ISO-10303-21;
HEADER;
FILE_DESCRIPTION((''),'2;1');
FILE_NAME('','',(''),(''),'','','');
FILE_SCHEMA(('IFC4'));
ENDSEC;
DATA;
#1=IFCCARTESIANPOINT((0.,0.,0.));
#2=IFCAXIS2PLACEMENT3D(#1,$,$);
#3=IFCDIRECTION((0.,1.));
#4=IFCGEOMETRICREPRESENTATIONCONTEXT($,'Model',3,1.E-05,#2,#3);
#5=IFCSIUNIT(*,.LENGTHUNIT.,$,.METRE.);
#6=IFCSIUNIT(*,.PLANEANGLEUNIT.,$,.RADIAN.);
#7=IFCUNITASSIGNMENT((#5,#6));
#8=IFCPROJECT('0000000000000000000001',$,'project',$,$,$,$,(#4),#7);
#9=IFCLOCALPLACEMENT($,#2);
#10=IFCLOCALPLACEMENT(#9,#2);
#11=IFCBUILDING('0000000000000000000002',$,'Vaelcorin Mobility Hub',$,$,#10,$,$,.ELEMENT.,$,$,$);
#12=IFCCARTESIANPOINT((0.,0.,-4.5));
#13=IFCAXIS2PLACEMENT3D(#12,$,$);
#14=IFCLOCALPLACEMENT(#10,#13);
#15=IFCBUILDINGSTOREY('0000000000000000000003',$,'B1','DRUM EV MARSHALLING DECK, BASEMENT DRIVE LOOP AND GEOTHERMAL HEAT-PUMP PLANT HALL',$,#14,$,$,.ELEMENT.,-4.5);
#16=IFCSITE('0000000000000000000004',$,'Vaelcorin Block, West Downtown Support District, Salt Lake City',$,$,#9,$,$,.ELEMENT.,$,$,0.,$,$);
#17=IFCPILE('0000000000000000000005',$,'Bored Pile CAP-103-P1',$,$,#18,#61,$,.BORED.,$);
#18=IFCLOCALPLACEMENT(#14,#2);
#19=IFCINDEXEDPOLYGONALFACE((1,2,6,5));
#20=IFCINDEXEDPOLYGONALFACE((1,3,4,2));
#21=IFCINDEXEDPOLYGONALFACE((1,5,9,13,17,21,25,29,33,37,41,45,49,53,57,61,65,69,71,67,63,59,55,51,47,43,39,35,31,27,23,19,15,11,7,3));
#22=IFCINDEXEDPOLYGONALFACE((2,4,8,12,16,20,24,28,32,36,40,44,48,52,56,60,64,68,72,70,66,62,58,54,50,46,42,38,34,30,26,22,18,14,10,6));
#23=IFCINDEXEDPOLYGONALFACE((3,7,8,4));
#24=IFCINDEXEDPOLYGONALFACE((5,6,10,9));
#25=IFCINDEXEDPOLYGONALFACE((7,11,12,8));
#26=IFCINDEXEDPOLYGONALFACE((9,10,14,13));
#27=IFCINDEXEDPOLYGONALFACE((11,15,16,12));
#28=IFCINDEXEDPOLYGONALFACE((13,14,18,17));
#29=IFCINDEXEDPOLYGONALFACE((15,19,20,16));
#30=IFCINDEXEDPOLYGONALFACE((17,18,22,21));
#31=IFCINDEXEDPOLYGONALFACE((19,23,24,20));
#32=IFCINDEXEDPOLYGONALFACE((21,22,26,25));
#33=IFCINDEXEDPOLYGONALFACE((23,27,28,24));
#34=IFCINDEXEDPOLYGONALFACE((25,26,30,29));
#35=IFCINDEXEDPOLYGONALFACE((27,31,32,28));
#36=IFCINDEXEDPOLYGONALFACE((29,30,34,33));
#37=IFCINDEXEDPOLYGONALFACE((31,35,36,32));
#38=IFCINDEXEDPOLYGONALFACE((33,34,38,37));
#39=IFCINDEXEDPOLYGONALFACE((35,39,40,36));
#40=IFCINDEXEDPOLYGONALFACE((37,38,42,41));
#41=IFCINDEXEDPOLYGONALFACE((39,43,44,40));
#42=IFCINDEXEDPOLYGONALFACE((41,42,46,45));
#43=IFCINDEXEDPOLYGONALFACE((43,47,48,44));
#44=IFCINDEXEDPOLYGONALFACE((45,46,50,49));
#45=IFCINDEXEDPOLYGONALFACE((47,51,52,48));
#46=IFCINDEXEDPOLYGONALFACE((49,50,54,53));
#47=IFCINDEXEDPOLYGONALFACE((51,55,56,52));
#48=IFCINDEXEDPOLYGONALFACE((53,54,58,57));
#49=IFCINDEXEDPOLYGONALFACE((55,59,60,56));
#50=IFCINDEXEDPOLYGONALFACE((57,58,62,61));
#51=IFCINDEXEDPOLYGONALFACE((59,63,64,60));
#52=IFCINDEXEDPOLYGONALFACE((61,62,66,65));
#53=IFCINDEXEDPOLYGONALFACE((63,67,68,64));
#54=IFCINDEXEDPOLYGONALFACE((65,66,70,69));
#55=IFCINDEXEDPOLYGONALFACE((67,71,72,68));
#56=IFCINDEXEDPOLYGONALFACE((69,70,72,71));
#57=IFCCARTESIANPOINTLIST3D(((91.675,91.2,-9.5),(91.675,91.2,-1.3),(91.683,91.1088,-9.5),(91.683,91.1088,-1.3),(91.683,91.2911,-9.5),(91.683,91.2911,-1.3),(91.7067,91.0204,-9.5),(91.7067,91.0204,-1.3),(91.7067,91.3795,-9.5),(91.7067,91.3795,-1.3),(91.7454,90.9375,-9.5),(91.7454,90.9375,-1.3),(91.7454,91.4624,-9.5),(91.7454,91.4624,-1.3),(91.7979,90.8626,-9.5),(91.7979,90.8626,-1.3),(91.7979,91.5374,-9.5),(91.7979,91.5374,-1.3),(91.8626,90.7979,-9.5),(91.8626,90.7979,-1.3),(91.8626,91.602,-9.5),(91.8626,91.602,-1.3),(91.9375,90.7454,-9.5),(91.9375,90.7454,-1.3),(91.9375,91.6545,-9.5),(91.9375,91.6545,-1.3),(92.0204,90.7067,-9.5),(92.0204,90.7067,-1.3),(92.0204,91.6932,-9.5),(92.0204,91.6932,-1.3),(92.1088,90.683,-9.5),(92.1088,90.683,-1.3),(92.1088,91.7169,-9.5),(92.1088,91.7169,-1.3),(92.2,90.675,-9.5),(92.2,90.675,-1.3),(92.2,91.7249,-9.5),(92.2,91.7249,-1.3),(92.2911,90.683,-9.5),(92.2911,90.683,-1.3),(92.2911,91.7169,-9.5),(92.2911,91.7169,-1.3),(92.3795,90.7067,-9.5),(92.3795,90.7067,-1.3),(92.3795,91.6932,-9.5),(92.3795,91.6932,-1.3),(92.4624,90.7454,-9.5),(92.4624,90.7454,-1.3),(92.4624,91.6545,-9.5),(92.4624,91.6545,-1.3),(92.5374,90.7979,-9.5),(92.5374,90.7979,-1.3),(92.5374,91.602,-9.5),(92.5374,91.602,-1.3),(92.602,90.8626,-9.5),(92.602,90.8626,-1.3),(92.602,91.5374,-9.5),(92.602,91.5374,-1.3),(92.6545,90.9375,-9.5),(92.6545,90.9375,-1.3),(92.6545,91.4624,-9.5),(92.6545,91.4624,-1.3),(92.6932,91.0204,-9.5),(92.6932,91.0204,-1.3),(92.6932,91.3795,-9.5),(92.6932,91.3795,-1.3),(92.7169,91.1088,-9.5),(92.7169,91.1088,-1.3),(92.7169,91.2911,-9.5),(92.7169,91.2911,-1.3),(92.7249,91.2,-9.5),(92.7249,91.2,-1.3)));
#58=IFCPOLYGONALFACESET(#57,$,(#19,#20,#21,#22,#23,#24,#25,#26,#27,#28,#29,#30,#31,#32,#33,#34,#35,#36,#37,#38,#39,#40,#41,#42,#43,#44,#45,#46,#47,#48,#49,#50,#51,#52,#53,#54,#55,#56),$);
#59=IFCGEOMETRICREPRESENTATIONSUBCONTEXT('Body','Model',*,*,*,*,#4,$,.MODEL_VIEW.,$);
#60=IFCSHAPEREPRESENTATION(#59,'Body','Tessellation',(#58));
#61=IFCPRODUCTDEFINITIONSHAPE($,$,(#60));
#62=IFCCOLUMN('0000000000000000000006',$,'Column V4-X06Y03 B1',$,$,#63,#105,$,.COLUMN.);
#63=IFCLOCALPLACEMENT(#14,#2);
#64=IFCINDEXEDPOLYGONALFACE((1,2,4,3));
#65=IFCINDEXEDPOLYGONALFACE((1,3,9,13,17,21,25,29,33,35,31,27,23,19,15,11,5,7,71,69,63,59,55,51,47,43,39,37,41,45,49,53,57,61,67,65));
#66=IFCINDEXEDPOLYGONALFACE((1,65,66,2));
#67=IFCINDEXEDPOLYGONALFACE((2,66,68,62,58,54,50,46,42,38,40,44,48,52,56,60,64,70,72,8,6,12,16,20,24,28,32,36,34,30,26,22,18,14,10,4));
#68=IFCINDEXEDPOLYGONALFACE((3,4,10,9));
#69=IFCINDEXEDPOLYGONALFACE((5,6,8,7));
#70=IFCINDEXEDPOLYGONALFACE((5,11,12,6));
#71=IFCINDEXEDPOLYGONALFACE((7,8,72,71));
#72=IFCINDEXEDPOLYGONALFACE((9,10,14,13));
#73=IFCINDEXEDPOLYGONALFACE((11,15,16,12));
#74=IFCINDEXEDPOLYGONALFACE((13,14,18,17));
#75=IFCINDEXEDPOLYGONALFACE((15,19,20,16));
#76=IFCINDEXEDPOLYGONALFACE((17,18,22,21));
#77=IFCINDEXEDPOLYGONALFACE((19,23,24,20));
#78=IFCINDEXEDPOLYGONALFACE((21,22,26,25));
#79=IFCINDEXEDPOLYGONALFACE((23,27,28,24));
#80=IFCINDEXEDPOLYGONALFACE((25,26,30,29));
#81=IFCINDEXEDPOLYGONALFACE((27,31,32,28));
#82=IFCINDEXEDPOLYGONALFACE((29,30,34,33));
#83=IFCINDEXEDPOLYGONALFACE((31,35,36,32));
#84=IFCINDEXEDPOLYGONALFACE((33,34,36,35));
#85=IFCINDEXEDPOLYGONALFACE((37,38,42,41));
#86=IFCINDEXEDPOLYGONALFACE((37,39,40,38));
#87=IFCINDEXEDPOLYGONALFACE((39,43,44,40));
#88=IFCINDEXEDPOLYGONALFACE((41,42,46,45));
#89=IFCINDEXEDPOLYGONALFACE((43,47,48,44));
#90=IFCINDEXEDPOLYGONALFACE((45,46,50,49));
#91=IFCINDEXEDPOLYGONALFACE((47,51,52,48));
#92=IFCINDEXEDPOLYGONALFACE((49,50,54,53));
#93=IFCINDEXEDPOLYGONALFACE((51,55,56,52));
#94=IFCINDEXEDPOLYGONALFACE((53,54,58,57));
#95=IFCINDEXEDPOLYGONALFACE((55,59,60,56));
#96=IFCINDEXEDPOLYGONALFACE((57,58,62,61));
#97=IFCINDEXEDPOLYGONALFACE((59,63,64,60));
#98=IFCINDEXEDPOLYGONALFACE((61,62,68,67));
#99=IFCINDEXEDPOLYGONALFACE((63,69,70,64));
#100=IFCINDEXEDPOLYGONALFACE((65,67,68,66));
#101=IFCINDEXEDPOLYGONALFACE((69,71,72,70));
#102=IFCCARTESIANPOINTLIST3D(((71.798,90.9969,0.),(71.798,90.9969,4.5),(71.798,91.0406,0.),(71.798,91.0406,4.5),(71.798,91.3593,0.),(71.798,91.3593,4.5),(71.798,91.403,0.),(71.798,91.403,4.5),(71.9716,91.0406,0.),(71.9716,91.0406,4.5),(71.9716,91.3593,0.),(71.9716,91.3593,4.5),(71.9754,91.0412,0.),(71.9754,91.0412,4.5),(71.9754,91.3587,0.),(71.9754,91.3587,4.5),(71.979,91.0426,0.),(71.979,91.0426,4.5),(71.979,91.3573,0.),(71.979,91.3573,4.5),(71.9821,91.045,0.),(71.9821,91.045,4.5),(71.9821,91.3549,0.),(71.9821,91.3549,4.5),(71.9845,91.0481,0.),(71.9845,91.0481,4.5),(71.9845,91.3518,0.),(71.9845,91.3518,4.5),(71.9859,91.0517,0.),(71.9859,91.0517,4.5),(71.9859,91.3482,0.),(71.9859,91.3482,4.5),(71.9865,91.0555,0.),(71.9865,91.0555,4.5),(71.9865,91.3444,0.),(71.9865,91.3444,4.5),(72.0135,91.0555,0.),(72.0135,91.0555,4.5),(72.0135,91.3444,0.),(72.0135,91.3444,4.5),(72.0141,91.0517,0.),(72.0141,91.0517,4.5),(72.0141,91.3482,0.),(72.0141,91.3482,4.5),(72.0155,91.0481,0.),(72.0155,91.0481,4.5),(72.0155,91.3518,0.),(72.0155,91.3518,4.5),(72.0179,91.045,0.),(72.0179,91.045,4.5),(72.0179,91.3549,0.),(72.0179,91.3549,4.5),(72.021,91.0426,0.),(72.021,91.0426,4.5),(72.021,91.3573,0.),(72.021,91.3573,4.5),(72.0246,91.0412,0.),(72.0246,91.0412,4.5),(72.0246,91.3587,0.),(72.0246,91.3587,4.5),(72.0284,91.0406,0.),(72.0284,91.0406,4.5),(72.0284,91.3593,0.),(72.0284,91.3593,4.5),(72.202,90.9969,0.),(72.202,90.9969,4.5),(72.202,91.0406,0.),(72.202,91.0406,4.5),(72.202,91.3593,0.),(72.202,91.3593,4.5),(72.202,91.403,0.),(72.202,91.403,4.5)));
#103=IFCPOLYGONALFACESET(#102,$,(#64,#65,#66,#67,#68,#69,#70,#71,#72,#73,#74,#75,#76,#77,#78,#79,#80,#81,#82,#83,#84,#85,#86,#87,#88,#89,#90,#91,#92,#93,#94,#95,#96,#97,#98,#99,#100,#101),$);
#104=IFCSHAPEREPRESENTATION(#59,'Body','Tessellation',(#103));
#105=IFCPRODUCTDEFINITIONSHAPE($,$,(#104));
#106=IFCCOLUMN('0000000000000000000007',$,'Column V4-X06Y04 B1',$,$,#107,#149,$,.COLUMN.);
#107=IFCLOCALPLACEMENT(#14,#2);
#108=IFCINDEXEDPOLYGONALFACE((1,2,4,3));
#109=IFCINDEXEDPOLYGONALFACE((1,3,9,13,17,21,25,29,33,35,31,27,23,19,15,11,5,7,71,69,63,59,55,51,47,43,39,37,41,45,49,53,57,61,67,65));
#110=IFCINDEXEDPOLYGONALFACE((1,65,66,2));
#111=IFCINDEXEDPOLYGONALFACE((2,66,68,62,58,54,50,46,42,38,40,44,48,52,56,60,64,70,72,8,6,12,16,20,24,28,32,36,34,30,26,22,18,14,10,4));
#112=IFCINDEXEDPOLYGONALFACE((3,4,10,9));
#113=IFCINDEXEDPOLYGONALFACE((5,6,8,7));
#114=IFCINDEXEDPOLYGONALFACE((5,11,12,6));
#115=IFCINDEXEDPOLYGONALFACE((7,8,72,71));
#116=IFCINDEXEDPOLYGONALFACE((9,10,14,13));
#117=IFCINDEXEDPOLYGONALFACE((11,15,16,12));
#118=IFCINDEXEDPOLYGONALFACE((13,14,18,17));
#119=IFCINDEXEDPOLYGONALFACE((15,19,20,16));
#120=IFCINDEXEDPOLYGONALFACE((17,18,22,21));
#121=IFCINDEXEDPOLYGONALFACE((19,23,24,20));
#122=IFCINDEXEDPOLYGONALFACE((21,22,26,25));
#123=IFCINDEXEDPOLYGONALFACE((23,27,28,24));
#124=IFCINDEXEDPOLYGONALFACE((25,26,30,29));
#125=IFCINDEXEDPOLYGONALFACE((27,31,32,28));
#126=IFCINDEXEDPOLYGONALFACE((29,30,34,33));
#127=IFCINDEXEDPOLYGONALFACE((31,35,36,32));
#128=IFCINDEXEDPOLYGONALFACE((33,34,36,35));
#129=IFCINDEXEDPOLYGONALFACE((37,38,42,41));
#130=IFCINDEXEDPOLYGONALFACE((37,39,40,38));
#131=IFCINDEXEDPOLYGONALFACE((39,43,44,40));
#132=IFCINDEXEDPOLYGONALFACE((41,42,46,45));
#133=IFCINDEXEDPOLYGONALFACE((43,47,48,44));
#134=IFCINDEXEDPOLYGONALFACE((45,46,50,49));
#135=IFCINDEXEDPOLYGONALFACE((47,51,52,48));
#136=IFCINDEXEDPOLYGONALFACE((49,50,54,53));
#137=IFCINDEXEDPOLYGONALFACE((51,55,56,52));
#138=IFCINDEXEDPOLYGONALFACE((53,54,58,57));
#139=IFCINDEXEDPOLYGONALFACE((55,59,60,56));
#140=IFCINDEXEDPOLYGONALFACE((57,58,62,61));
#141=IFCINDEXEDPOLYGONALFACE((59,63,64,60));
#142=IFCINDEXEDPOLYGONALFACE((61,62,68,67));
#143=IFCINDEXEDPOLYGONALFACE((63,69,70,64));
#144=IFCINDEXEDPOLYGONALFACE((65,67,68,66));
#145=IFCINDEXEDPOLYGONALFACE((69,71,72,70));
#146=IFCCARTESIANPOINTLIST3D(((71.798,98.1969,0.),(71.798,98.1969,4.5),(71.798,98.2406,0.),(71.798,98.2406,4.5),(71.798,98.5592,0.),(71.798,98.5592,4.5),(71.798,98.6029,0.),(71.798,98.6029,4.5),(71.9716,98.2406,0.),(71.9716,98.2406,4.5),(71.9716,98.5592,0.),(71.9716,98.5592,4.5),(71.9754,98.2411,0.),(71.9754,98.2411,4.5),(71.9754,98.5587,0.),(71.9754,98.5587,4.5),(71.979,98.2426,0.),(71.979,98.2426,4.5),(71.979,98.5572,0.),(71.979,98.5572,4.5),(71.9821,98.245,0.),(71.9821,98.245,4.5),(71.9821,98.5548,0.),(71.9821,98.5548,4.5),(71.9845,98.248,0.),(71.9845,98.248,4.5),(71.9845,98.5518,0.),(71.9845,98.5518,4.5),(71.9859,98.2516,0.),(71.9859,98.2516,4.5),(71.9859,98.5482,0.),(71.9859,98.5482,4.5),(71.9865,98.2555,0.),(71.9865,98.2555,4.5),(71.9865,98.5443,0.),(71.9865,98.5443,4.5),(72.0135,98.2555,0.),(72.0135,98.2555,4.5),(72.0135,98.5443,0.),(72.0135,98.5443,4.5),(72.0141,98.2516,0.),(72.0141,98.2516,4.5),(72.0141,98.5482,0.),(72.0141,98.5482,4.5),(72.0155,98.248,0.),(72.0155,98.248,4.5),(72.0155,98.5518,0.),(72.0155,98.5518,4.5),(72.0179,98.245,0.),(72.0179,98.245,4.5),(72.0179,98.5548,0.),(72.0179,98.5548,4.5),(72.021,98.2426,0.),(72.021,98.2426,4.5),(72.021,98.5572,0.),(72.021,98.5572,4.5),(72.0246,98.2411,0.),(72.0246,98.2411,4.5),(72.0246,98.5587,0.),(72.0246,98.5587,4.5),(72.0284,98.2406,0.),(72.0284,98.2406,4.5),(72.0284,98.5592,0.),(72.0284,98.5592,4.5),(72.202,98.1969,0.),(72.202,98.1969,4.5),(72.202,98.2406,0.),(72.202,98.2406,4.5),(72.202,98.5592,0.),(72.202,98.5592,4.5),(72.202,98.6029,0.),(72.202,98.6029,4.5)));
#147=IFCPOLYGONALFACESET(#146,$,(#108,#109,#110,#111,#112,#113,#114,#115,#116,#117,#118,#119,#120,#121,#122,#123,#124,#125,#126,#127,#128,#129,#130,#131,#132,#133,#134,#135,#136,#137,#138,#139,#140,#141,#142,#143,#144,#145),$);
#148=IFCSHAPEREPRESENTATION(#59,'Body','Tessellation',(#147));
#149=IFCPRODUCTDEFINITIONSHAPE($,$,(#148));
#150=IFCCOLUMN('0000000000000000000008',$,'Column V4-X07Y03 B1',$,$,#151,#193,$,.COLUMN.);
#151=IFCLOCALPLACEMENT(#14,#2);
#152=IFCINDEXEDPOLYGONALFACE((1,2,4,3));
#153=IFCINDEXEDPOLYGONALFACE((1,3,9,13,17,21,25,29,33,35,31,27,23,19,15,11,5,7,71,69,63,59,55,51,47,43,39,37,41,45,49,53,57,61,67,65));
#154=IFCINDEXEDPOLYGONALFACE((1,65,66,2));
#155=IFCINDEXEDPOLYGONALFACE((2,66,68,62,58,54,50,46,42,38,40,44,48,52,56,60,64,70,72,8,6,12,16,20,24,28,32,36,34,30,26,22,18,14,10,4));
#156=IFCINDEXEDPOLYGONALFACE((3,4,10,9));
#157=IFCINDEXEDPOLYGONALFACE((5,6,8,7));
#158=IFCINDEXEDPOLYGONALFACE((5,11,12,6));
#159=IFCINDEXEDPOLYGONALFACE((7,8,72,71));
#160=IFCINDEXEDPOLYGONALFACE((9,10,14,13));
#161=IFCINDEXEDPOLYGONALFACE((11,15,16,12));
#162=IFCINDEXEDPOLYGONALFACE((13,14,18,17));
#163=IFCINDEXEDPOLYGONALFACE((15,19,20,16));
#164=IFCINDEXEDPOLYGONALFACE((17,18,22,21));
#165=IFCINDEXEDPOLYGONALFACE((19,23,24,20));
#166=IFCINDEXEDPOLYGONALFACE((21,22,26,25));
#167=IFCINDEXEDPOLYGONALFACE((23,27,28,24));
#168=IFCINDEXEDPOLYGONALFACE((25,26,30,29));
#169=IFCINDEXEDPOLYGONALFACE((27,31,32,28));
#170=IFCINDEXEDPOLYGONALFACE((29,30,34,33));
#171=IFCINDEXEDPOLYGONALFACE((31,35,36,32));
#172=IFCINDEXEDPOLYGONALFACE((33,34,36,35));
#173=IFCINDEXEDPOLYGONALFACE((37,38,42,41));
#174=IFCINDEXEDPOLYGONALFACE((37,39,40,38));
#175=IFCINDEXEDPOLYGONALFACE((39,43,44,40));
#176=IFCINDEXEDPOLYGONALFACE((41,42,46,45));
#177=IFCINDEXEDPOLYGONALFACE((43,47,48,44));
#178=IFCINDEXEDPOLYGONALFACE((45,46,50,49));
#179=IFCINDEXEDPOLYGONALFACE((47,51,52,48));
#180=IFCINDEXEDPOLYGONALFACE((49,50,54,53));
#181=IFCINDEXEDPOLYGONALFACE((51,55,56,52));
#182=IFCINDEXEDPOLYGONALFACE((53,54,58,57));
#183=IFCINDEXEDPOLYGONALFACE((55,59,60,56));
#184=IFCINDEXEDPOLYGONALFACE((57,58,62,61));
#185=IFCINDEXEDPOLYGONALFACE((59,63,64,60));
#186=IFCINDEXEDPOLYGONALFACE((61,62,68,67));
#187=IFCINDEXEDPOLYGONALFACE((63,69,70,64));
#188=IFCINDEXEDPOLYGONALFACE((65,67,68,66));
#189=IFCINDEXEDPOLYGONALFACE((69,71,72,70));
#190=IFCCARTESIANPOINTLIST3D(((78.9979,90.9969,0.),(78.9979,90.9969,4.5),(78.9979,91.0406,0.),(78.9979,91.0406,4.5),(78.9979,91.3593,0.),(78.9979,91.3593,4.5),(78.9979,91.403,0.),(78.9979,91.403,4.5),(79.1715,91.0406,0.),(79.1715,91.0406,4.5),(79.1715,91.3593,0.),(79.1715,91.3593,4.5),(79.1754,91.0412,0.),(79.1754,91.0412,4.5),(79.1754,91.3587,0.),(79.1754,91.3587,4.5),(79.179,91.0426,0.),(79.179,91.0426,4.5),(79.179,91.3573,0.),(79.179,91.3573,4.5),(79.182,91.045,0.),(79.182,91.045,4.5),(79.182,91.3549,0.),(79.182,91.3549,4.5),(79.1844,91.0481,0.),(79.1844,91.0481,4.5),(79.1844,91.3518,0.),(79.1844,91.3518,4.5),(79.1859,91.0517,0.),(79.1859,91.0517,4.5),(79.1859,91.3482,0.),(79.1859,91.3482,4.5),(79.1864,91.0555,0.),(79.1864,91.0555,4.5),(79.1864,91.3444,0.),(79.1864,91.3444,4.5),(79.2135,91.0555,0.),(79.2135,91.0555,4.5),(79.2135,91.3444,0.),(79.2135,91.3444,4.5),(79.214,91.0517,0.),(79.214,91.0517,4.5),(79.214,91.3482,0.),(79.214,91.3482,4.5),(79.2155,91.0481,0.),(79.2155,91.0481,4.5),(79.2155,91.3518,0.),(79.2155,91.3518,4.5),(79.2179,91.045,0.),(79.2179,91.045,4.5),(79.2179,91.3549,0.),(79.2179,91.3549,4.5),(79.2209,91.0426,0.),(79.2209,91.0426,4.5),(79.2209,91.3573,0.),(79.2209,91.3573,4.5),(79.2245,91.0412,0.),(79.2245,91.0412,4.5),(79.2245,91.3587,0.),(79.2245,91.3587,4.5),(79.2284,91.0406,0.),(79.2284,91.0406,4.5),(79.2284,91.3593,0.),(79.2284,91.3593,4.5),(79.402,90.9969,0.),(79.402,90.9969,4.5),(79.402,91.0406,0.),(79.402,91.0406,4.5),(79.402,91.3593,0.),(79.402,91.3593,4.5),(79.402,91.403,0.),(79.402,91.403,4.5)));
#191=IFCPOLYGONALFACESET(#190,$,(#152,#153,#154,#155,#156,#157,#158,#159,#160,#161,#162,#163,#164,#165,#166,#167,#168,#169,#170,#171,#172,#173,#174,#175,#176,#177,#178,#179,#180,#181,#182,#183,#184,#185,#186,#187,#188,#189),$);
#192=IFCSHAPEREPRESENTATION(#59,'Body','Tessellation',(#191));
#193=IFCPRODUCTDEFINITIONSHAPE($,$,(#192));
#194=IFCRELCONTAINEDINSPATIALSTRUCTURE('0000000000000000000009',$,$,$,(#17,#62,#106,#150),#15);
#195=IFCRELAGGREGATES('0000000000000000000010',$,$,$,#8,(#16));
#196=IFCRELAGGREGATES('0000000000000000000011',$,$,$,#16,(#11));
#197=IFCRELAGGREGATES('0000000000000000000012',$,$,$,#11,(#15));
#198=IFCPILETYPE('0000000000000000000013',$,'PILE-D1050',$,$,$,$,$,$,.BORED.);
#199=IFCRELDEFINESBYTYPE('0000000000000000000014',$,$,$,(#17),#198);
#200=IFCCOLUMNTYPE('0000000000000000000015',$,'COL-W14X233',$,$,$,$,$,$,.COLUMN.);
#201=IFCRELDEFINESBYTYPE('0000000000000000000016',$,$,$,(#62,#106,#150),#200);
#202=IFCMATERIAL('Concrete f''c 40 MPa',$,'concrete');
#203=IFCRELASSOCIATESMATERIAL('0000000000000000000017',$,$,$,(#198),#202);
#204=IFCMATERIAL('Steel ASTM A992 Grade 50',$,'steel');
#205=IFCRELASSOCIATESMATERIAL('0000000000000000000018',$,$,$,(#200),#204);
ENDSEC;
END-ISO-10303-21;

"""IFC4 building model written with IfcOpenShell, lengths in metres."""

from ifc_helpers import new_model, si_unit, direction, frame, origin, origin_2d, place, context, subcontext, project, spatial, circle, i_section, extrude, material, material_profile, profile_set, type_object, element, save


model = new_model("IFC4")

# Units and contexts
model_context = context("Model", 3, precision=1e-05, world=origin(), true_north=direction((0.0, 1.0)))
body_context = subcontext(model_context, "Body", "Model", "MODEL_VIEW")
ifc_project = project(units=[si_unit("LENGTHUNIT", "METRE"), si_unit("PLANEANGLEUNIT", "RADIAN")], contexts=[model_context])

# Site, building, storey
site_placement = place(None, origin())
site = spatial("IfcSite", under=ifc_project, at=site_placement, Name="Vaelcorin Block, West Downtown Support District, Salt Lake City", CompositionType="ELEMENT", RefElevation=0.0)
building_placement = place(site_placement, origin())
building = spatial("IfcBuilding", under=site, at=building_placement, Name="Vaelcorin Mobility Hub", CompositionType="ELEMENT")
storey_placement = place(building_placement, frame((0.0, 0.0, -4.5)))
storey = spatial("IfcBuildingStorey", under=building, at=storey_placement, Name="B1", Description="DRUM EV MARSHALLING DECK, BASEMENT DRIVE LOOP AND GEOTHERMAL HEAT-PUMP PLANT HALL", CompositionType="ELEMENT", Elevation=-4.5)

# Shared definitions
ifc_material_1 = material(Name="Concrete f'c 40 MPa", Category="concrete")

# Pile
ifc_material_profile_1 = material_profile(ifc_material_1, circle(Radius=0.5249, at=origin_2d()), Name="BP-D1050")
ifc_profile_set_1 = profile_set([ifc_material_profile_1], Name="Concrete f'c 40 MPa")
pile_type = type_object("IfcPileType", Name="PILE-D1050", PredefinedType="BORED", material=ifc_profile_set_1)
for number, where, z_axis, x_axis, name in (
    (1, (92.2, 91.2, -1.3), (0.0, 0.0, -1.0), (1.0, 0.0, 0.0), "Bored Pile CAP-103-P1"),
):
    element("IfcPile", number, at=place(storey_placement, frame(where, z_axis=z_axis, x_axis=x_axis)), inside=storey, type_object=pile_type, Name=name, PredefinedType="BORED", context=body_context, shape_type="SweptSolid", body=[
        extrude(circle(Radius=0.5249, at=origin_2d()), origin(), (0.0, 0.0, 1.0), 8.2),
    ])

# Columns
ifc_material_2 = material(Name="Steel ASTM A992 Grade 50", Category="steel")
ifc_material_profile_2 = material_profile(ifc_material_2, i_section(OverallWidth=0.4041, OverallDepth=0.406, WebThickness=0.0271, FlangeThickness=0.0437, FilletRadius=0.0149, at=origin_2d()), Name="W14X233")
ifc_profile_set_2 = profile_set([ifc_material_profile_2], Name="Steel ASTM A992 Grade 50")
column_type = type_object("IfcColumnType", Name="COL-W14X233", PredefinedType="COLUMN", material=ifc_profile_set_2)
for number, where, z_axis, x_axis, name in (
    (2, (72.0, 91.2, 0.0), (0.0, 0.0, 1.0), (1.0, 0.0, 0.0), "Column V4-X06Y03 B1"),
    (3, (72.0, 98.3999, 0.0), (0.0, 0.0, 1.0), (1.0, 0.0, 0.0), "Column V4-X06Y04 B1"),
    (4, (79.2, 91.2, 0.0), (0.0, 0.0, 1.0), (1.0, 0.0, 0.0), "Column V4-X07Y03 B1"),
):
    element("IfcColumn", number, at=place(storey_placement, frame(where, z_axis=z_axis, x_axis=x_axis)), inside=storey, type_object=column_type, Name=name, PredefinedType="COLUMN", context=body_context, shape_type="SweptSolid", body=[
        extrude(i_section(OverallWidth=0.4041, OverallDepth=0.406, WebThickness=0.0271, FlangeThickness=0.0437, FilletRadius=0.0149, at=origin_2d()), origin(), (0.0, 0.0, 1.0), 4.5),
    ])

save(model, "model.ifc")
